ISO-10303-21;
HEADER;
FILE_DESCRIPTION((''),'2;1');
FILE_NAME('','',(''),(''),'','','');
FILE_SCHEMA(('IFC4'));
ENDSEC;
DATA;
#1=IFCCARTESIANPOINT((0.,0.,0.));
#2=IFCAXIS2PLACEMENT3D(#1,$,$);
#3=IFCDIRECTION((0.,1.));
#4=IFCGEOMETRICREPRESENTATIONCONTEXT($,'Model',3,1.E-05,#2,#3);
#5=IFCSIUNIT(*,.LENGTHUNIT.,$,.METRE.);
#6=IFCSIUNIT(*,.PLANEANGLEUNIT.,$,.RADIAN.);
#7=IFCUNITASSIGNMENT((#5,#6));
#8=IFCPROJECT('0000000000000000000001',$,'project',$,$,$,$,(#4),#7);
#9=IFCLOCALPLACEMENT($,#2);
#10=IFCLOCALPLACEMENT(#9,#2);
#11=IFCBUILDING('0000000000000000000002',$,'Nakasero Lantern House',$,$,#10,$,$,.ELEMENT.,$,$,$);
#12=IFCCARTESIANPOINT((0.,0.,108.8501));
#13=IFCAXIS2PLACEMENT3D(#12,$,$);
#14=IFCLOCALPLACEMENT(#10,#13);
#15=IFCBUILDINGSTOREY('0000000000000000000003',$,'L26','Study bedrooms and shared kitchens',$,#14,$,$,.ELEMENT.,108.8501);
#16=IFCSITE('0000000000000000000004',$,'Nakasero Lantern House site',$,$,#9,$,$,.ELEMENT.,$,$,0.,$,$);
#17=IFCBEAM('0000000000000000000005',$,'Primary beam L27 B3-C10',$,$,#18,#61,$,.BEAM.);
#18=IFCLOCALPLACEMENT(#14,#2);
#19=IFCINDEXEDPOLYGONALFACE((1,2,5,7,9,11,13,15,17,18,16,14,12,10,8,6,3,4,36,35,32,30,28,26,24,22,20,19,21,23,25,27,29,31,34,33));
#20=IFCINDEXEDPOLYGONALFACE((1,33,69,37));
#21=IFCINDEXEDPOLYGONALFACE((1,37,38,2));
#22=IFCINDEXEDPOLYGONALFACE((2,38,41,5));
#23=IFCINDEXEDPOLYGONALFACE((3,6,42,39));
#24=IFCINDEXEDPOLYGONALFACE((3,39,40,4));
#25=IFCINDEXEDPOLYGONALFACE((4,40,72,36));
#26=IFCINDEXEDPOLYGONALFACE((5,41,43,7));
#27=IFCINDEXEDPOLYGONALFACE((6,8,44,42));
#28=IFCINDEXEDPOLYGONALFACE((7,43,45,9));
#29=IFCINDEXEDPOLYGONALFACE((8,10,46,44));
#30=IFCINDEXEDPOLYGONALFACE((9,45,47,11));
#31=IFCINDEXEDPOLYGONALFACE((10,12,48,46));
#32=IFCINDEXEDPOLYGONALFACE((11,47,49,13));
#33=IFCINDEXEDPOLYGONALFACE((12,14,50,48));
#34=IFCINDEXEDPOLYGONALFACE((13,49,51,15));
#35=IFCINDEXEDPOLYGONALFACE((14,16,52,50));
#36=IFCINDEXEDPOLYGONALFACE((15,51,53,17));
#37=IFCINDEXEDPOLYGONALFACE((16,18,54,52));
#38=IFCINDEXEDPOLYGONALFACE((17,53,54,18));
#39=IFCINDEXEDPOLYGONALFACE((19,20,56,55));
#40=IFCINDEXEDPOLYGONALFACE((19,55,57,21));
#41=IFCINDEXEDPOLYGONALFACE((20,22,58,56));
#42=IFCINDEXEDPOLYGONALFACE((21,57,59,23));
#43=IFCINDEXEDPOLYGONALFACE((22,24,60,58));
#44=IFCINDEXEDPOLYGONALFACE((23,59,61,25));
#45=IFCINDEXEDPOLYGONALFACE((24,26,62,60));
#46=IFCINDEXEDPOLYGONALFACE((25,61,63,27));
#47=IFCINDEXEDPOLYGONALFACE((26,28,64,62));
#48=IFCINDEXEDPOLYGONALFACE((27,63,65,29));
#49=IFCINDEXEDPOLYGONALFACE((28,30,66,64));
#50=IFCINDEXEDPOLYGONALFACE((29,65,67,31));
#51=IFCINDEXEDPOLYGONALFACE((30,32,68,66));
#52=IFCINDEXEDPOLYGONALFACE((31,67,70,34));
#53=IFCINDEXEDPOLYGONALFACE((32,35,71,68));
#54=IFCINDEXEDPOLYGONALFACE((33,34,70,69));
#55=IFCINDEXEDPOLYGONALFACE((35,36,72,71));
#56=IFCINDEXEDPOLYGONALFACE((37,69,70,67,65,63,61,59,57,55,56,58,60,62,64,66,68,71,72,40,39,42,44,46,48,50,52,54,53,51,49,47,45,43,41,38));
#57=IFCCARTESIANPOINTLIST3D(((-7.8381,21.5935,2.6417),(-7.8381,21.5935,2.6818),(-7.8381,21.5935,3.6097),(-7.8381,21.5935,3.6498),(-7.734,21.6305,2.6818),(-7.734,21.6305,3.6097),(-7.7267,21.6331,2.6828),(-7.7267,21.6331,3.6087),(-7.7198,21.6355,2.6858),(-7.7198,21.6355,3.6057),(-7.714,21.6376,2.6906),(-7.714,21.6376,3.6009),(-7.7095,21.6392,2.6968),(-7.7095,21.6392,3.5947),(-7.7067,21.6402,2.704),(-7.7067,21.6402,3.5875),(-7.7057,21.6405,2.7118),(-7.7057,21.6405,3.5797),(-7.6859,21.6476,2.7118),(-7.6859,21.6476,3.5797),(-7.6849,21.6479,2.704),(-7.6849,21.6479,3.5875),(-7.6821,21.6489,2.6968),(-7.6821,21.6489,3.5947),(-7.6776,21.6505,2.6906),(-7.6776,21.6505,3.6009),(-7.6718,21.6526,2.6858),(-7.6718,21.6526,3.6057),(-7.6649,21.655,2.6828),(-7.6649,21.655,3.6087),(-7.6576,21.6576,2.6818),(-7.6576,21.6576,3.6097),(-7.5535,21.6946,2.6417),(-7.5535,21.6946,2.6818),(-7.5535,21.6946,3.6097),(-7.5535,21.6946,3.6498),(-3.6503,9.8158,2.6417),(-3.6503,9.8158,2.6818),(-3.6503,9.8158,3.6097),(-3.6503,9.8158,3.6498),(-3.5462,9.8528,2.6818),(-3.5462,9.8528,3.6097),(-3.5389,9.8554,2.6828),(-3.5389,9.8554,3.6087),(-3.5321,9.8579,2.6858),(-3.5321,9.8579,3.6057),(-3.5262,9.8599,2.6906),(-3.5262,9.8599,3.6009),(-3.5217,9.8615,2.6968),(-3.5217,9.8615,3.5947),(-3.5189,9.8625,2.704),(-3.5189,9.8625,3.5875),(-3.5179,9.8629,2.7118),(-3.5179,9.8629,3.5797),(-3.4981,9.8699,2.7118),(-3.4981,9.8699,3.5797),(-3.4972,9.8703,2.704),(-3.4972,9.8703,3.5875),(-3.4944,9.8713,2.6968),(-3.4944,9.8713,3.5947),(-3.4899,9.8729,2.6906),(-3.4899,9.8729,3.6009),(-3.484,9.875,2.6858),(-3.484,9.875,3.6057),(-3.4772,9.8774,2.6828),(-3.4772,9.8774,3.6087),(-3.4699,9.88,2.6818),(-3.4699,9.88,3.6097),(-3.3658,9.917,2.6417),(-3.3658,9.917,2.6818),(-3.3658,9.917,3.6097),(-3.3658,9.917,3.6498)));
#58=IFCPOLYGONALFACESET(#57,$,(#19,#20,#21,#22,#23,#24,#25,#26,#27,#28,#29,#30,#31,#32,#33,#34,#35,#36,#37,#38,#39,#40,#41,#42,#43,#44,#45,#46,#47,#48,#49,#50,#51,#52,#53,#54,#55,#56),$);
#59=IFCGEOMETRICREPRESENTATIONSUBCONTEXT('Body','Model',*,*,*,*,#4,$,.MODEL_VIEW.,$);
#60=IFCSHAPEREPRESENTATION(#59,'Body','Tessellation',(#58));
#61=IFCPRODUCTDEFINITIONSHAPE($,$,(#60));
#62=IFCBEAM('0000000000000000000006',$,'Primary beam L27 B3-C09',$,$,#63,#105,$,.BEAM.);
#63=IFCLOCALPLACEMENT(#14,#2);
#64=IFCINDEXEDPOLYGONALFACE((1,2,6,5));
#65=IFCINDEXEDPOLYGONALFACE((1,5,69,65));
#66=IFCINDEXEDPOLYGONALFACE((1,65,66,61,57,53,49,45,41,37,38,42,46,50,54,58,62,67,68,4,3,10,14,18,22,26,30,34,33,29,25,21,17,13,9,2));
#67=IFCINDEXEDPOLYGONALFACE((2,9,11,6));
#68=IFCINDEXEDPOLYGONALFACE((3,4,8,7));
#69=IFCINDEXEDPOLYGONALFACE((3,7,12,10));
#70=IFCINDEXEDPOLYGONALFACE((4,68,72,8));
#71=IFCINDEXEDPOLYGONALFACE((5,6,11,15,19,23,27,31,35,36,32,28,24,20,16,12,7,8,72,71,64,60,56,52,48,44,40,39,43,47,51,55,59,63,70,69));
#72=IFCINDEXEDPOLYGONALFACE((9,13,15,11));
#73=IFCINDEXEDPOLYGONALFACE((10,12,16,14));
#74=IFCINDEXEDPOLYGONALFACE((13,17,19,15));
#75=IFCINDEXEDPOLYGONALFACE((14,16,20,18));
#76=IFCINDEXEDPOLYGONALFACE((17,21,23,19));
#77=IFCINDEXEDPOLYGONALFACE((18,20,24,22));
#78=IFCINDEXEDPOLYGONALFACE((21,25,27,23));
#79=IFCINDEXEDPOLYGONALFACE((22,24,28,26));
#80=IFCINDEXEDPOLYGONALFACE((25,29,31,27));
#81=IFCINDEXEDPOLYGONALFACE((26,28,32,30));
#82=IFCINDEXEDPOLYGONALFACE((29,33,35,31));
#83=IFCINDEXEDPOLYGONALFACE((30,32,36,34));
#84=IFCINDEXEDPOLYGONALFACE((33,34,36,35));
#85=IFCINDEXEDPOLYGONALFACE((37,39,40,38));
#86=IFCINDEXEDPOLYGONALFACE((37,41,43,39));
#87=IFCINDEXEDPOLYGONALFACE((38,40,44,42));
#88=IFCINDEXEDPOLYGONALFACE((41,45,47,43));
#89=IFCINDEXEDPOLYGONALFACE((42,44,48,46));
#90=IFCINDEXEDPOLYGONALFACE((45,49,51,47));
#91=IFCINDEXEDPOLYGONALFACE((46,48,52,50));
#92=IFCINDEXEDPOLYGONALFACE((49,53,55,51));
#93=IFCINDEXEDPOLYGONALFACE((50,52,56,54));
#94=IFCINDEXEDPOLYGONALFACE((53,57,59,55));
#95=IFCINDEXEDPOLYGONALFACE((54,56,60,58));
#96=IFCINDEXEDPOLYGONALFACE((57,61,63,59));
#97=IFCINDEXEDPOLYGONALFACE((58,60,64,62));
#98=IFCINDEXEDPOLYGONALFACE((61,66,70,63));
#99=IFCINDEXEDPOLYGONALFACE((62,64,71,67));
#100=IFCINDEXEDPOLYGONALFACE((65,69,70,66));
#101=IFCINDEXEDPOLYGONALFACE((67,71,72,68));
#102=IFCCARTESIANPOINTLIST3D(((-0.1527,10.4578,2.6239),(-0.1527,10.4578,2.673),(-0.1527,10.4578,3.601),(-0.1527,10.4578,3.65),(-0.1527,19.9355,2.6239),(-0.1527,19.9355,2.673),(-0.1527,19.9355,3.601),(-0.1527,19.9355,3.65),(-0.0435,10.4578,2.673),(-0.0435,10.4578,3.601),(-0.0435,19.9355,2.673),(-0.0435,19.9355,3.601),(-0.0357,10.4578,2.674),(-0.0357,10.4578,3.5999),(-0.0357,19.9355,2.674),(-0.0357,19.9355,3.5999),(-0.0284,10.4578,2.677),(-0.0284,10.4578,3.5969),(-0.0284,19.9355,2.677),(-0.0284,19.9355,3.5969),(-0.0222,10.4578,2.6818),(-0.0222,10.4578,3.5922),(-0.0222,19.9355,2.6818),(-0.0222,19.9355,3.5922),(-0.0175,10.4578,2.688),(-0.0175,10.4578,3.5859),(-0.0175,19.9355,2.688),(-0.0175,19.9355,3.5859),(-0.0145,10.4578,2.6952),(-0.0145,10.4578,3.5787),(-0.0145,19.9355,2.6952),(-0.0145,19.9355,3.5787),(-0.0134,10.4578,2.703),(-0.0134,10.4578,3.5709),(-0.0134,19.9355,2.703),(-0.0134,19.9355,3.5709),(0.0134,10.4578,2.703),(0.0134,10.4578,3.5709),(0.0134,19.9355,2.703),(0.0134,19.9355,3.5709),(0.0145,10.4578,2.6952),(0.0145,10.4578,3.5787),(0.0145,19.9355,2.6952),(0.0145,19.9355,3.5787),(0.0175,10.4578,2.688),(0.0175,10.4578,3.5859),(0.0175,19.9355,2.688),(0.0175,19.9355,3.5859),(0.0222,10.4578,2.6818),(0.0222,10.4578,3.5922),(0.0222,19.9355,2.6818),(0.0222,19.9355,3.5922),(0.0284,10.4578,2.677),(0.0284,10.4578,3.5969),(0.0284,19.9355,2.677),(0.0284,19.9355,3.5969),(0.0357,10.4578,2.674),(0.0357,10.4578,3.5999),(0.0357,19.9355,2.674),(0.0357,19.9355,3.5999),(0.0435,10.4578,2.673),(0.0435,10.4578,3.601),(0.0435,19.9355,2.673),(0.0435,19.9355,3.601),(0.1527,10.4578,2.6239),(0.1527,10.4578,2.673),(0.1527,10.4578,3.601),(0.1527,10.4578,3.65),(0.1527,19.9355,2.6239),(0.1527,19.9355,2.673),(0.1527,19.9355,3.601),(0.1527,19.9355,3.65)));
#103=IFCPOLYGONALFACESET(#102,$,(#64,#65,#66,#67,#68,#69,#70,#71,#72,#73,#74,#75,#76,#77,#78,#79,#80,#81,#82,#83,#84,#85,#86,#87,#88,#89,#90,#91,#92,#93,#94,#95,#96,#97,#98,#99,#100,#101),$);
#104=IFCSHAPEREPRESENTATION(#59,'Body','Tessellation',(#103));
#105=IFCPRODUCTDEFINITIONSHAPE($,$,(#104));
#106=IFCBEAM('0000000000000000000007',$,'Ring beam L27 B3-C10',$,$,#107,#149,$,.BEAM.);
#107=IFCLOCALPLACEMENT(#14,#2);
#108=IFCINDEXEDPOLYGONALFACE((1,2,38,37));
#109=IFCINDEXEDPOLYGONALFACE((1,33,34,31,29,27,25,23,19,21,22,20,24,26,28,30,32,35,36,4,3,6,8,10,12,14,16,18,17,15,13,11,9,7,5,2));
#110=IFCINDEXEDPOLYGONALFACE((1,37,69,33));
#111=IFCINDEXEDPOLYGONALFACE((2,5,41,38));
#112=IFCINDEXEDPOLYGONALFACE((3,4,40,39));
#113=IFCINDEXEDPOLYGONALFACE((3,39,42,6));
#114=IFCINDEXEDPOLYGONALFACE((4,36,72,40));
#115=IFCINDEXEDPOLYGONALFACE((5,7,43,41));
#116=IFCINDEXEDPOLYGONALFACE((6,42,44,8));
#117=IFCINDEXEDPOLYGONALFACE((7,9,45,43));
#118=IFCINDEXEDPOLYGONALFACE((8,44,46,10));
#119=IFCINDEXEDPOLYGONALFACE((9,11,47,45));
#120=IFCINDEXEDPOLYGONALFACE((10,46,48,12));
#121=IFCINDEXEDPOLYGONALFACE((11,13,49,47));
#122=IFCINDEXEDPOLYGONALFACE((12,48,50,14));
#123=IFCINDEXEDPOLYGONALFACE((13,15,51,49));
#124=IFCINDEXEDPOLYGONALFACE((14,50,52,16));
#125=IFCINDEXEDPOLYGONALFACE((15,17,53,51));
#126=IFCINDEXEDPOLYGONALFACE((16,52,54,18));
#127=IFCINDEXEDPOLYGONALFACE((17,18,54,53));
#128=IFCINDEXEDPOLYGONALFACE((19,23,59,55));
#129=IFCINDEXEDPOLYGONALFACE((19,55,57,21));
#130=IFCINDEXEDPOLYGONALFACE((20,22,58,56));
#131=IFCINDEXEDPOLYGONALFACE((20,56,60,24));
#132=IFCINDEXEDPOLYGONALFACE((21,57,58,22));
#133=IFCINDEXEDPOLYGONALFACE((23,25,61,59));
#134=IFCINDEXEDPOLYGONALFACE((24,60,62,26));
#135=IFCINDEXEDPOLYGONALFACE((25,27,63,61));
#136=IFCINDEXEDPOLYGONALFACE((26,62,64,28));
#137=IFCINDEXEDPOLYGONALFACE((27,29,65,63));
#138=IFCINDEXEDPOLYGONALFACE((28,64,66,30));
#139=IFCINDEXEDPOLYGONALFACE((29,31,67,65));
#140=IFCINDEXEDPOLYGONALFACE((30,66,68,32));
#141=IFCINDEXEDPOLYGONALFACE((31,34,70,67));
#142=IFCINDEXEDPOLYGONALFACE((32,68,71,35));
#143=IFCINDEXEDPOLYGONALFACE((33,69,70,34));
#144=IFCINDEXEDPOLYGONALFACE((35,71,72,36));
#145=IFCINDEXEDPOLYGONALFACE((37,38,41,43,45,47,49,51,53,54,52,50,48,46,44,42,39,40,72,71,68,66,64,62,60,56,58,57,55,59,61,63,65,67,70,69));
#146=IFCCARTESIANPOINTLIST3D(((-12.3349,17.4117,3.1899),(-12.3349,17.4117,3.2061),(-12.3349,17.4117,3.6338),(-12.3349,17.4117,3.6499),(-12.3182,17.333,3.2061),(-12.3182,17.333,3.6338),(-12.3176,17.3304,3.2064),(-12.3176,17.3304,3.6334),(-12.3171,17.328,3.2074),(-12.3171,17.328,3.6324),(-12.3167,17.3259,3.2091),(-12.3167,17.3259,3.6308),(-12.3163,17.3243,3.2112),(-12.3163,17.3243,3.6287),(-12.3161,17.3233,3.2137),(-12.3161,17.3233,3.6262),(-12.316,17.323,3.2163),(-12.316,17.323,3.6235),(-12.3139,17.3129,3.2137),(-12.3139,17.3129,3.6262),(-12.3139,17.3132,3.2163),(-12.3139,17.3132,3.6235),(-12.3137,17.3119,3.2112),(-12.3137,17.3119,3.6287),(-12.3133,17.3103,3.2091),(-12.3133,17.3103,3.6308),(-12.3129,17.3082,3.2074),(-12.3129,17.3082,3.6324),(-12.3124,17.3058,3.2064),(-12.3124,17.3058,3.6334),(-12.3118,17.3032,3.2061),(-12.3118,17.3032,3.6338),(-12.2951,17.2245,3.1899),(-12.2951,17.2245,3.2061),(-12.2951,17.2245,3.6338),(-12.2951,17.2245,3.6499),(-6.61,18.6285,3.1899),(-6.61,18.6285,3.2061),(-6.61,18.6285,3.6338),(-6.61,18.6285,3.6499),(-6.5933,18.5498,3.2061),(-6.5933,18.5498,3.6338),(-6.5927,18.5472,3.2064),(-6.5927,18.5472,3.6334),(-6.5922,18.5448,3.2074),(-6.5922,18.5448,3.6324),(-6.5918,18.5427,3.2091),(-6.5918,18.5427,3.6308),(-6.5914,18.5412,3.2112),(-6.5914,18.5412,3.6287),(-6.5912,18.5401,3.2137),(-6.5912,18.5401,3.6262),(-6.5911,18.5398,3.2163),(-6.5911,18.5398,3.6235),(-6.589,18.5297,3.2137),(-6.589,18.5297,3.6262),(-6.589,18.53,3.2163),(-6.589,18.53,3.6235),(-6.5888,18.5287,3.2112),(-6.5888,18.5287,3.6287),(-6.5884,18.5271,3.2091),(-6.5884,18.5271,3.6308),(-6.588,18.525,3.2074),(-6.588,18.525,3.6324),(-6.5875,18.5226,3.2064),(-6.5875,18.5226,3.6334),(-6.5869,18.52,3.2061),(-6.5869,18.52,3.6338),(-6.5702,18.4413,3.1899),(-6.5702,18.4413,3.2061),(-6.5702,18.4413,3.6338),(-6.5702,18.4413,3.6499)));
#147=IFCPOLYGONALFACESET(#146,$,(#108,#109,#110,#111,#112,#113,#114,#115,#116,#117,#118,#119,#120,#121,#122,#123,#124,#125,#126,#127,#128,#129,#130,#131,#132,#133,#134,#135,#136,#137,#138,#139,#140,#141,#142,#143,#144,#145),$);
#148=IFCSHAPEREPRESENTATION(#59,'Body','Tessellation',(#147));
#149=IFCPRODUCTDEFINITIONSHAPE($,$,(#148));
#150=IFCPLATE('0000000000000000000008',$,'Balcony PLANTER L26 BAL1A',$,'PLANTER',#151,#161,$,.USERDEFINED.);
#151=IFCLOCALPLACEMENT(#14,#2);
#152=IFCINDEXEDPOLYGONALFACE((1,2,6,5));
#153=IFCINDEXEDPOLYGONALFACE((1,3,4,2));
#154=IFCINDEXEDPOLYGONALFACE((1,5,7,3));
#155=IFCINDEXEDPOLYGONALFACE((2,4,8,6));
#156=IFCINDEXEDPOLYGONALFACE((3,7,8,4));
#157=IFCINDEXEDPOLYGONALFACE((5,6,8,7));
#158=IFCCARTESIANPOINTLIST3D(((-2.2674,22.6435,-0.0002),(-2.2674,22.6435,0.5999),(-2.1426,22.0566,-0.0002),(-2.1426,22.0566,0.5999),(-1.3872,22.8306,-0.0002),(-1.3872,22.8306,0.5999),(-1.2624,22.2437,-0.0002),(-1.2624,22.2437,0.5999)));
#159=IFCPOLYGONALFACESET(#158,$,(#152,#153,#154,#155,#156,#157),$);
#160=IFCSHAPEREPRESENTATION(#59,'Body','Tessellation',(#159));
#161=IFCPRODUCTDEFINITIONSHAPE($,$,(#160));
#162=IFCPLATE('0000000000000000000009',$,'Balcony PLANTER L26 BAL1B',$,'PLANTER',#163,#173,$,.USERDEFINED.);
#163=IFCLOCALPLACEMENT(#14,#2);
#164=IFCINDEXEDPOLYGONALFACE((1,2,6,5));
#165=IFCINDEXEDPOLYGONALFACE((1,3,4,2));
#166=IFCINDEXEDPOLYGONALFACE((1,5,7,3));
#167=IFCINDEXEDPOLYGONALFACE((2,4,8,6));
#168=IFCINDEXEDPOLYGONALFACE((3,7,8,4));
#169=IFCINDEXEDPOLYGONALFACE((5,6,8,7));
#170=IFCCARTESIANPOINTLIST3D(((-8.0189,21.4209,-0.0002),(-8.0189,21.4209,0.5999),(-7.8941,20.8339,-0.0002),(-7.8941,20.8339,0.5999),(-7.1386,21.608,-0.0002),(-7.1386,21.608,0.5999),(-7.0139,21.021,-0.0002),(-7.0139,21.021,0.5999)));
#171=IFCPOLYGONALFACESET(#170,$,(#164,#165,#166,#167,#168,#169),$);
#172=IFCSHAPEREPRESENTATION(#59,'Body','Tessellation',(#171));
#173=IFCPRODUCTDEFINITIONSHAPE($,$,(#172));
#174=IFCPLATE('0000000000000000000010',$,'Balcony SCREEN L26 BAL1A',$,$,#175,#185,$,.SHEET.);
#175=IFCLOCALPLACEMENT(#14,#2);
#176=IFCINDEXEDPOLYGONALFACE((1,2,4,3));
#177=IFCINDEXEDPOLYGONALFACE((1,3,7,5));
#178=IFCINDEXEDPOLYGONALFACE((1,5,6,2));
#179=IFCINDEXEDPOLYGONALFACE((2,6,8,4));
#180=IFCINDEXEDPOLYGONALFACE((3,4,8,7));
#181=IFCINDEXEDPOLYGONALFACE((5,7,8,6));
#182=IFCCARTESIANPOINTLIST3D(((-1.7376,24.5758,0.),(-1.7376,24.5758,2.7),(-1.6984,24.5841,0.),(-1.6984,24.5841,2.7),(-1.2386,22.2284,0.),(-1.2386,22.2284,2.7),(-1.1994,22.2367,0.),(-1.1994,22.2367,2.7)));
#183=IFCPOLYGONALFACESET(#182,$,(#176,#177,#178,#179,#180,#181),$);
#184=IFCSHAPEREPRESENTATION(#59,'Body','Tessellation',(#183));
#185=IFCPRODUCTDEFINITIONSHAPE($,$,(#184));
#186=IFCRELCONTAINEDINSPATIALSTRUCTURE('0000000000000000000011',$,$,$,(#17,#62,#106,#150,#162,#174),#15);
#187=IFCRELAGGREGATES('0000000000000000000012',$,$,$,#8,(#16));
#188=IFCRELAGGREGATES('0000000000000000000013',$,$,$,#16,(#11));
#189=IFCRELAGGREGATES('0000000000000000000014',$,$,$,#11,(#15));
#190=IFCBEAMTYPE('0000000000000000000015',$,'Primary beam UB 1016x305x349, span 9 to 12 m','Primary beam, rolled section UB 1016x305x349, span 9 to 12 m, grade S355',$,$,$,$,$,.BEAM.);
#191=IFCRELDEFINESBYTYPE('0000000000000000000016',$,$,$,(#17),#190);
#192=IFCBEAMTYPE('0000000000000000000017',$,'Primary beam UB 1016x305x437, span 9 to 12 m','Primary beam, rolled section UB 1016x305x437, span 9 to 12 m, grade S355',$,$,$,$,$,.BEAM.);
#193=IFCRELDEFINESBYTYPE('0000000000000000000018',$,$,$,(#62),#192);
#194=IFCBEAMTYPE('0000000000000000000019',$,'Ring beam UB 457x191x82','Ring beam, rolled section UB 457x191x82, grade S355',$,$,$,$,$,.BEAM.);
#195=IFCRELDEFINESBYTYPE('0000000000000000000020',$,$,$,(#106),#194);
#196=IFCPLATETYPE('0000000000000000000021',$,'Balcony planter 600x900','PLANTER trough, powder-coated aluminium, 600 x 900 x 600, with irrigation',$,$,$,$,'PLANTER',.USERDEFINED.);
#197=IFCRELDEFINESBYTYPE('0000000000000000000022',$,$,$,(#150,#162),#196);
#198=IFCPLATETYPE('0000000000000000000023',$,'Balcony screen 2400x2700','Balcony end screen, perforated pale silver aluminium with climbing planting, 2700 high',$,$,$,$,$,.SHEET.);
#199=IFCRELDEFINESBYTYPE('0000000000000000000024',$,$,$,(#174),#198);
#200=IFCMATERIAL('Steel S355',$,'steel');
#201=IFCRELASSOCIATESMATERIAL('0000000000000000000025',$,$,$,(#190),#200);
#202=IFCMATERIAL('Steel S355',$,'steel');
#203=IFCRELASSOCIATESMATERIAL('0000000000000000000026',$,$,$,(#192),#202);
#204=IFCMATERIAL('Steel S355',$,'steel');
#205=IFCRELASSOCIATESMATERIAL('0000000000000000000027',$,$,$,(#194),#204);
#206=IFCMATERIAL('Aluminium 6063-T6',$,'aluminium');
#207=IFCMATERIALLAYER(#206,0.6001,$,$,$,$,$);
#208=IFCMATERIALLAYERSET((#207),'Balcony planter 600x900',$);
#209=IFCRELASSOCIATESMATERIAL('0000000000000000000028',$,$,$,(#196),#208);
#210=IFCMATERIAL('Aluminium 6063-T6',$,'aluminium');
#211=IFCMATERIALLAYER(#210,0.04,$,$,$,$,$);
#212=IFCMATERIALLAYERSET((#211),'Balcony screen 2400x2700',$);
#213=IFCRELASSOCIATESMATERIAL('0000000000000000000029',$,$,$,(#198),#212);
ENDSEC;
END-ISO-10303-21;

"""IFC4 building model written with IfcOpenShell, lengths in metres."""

from ifc_helpers import new_model, si_unit, direction, frame, origin, origin_2d, place, context, subcontext, project, spatial, rectangle, i_section, extrude, material, layer, layer_set, material_profile, profile_set, type_object, element, save


model = new_model("IFC4")

# Units and contexts
model_context = context("Model", 3, precision=1e-05, world=origin(), true_north=direction((0.0, 1.0)))
body_context = subcontext(model_context, "Body", "Model", "MODEL_VIEW")
ifc_project = project(units=[si_unit("LENGTHUNIT", "METRE"), si_unit("PLANEANGLEUNIT", "RADIAN")], contexts=[model_context])

# Site, building, storey
site_placement = place(None, origin())
site = spatial("IfcSite", under=ifc_project, at=site_placement, Name="Nakasero Lantern House site", CompositionType="ELEMENT", RefElevation=0.0)
building_placement = place(site_placement, origin())
building = spatial("IfcBuilding", under=site, at=building_placement, Name="Nakasero Lantern House", CompositionType="ELEMENT")
storey_placement = place(building_placement, frame((0.0, 0.0, 108.8501)))
storey = spatial("IfcBuildingStorey", under=building, at=storey_placement, Name="L26", Description="Study bedrooms and shared kitchens", CompositionType="ELEMENT", Elevation=108.8501)

# Beams
ifc_material_1 = material(Name="Steel S355", Category="steel")
ifc_material_profile_1 = material_profile(ifc_material_1, i_section(OverallWidth=0.302, OverallDepth=1.0081, WebThickness=0.021, FlangeThickness=0.04, FilletRadius=0.03, at=origin_2d()), Name="UB 1016x305x349")
ifc_profile_set_1 = profile_set([ifc_material_profile_1], Name="Steel S355")
beam_type_1 = type_object("IfcBeamType", Name="Primary beam UB 1016x305x349, span 9 to 12 m", Description="Primary beam, rolled section UB 1016x305x349, span 9 to 12 m, grade S355", PredefinedType="BEAM", material=ifc_profile_set_1)
beam_1_placement = place(storey_placement, frame((-7.6958, 21.644, 3.1458), z_axis=(0.335021, -0.942211, 0.0), x_axis=(0.942211, 0.335021, 0.0)))
element("IfcBeam", 1, at=beam_1_placement, inside=storey, type_object=beam_type_1, Name="Primary beam L27 B3-C10", PredefinedType="BEAM", context=body_context, shape_type="SweptSolid", body=[
    extrude(i_section(OverallWidth=0.302, OverallDepth=1.0081, WebThickness=0.021, FlangeThickness=0.04, FilletRadius=0.03, at=origin_2d()), origin(), (0.0, 0.0, 1.0), 12.5),
])
ifc_material_2 = material(Name="Steel S355", Category="steel")
ifc_material_profile_2 = material_profile(ifc_material_2, i_section(OverallWidth=0.3054, OverallDepth=1.0261, WebThickness=0.0269, FlangeThickness=0.0491, FilletRadius=0.03, at=origin_2d()), Name="UB 1016x305x437")
ifc_profile_set_2 = profile_set([ifc_material_profile_2], Name="Steel S355")
beam_type_2 = type_object("IfcBeamType", Name="Primary beam UB 1016x305x437, span 9 to 12 m", Description="Primary beam, rolled section UB 1016x305x437, span 9 to 12 m, grade S355", PredefinedType="BEAM", material=ifc_profile_set_2)
beam_2_placement = place(storey_placement, frame((0.0, 19.9355, 3.137), z_axis=(0.0, -1.0, 0.0), x_axis=(1.0, 0.0, 0.0)))
element("IfcBeam", 2, at=beam_2_placement, inside=storey, type_object=beam_type_2, Name="Primary beam L27 B3-C09", PredefinedType="BEAM", context=body_context, shape_type="SweptSolid", body=[
    extrude(i_section(OverallWidth=0.3054, OverallDepth=1.0261, WebThickness=0.0269, FlangeThickness=0.0491, FilletRadius=0.03, at=origin_2d()), origin(), (0.0, 0.0, 1.0), 9.4778),
])
ifc_material_3 = material(Name="Steel S355", Category="steel")
ifc_material_profile_3 = material_profile(ifc_material_3, i_section(OverallWidth=0.1914, OverallDepth=0.46, WebThickness=0.01, FlangeThickness=0.0161, FilletRadius=0.0103, at=origin_2d()), Name="UB 457x191x82")
ifc_profile_set_3 = profile_set([ifc_material_profile_3], Name="Steel S355")
beam_type_3 = type_object("IfcBeamType", Name="Ring beam UB 457x191x82", Description="Ring beam, rolled section UB 457x191x82, grade S355", PredefinedType="BEAM", material=ifc_profile_set_3)
beam_3_placement = place(storey_placement, frame((-6.5901, 18.5349, 3.4199), z_axis=(-0.97815, -0.207902, 0.0), x_axis=(0.207902, -0.97815, 0.0)))
element("IfcBeam", 3, at=beam_3_placement, inside=storey, type_object=beam_type_3, Name="Ring beam L27 B3-C10", PredefinedType="BEAM", context=body_context, shape_type="SweptSolid", body=[
    extrude(i_section(OverallWidth=0.1914, OverallDepth=0.46, WebThickness=0.01, FlangeThickness=0.0161, FilletRadius=0.0103, at=origin_2d()), origin(), (0.0, 0.0, 1.0), 5.8528),
])

# Plates
ifc_material_4 = material(Name="Aluminium 6063-T6", Category="aluminium")
ifc_layer_1 = layer(ifc_material_4, 0.6001)
ifc_layer_set_1 = layer_set([ifc_layer_1], Name="Balcony planter 600x900")
plate_type_1 = type_object("IfcPlateType", Name="Balcony planter 600x900", Description="PLANTER trough, powder-coated aluminium, 600 x 900 x 600, with irrigation", ElementType="PLANTER", PredefinedType="USERDEFINED", material=ifc_layer_set_1)
for number, where, z_axis, x_axis, name in (
    (4, (-1.7649, 22.4436, -0.0002), (0.0, 0.0, 1.0), (-0.207912, 0.978148, 0.0), "Balcony PLANTER L26 BAL1A"),
    (5, (-7.5164, 21.2209, -0.0002), (0.0, 0.0, 1.0), (-0.207912, 0.978148, 0.0), "Balcony PLANTER L26 BAL1B"),
):
    element("IfcPlate", number, at=place(storey_placement, frame(where, z_axis=z_axis, x_axis=x_axis)), inside=storey, type_object=plate_type_1, Name=name, ObjectType="PLANTER", PredefinedType="USERDEFINED", context=body_context, shape_type="SweptSolid", body=[
        extrude(rectangle(XDim=0.6001, YDim=0.8999, at=origin_2d()), origin(), (0.0, 0.0, 1.0), 0.6001),
    ])
ifc_material_5 = material(Name="Aluminium 6063-T6", Category="aluminium")
ifc_layer_2 = layer(ifc_material_5, 0.04)
ifc_layer_set_2 = layer_set([ifc_layer_2], Name="Balcony screen 2400x2700")
plate_type_2 = type_object("IfcPlateType", Name="Balcony screen 2400x2700", Description="Balcony end screen, perforated pale silver aluminium with climbing planting, 2700 high", PredefinedType="SHEET", material=ifc_layer_set_2)
for number, where, z_axis, x_axis, name in (
    (6, (-1.4685, 23.4062, 0.0), (0.0, 0.0, 1.0), (-0.207912, 0.978148, 0.0), "Balcony SCREEN L26 BAL1A"),
):
    element("IfcPlate", number, at=place(storey_placement, frame(where, z_axis=z_axis, x_axis=x_axis)), inside=storey, type_object=plate_type_2, Name=name, PredefinedType="SHEET", context=body_context, shape_type="SweptSolid", body=[
        extrude(rectangle(XDim=2.3999, YDim=0.04, at=origin_2d()), origin(), (0.0, 0.0, 1.0), 2.7),
    ])

save(model, "model.ifc")
